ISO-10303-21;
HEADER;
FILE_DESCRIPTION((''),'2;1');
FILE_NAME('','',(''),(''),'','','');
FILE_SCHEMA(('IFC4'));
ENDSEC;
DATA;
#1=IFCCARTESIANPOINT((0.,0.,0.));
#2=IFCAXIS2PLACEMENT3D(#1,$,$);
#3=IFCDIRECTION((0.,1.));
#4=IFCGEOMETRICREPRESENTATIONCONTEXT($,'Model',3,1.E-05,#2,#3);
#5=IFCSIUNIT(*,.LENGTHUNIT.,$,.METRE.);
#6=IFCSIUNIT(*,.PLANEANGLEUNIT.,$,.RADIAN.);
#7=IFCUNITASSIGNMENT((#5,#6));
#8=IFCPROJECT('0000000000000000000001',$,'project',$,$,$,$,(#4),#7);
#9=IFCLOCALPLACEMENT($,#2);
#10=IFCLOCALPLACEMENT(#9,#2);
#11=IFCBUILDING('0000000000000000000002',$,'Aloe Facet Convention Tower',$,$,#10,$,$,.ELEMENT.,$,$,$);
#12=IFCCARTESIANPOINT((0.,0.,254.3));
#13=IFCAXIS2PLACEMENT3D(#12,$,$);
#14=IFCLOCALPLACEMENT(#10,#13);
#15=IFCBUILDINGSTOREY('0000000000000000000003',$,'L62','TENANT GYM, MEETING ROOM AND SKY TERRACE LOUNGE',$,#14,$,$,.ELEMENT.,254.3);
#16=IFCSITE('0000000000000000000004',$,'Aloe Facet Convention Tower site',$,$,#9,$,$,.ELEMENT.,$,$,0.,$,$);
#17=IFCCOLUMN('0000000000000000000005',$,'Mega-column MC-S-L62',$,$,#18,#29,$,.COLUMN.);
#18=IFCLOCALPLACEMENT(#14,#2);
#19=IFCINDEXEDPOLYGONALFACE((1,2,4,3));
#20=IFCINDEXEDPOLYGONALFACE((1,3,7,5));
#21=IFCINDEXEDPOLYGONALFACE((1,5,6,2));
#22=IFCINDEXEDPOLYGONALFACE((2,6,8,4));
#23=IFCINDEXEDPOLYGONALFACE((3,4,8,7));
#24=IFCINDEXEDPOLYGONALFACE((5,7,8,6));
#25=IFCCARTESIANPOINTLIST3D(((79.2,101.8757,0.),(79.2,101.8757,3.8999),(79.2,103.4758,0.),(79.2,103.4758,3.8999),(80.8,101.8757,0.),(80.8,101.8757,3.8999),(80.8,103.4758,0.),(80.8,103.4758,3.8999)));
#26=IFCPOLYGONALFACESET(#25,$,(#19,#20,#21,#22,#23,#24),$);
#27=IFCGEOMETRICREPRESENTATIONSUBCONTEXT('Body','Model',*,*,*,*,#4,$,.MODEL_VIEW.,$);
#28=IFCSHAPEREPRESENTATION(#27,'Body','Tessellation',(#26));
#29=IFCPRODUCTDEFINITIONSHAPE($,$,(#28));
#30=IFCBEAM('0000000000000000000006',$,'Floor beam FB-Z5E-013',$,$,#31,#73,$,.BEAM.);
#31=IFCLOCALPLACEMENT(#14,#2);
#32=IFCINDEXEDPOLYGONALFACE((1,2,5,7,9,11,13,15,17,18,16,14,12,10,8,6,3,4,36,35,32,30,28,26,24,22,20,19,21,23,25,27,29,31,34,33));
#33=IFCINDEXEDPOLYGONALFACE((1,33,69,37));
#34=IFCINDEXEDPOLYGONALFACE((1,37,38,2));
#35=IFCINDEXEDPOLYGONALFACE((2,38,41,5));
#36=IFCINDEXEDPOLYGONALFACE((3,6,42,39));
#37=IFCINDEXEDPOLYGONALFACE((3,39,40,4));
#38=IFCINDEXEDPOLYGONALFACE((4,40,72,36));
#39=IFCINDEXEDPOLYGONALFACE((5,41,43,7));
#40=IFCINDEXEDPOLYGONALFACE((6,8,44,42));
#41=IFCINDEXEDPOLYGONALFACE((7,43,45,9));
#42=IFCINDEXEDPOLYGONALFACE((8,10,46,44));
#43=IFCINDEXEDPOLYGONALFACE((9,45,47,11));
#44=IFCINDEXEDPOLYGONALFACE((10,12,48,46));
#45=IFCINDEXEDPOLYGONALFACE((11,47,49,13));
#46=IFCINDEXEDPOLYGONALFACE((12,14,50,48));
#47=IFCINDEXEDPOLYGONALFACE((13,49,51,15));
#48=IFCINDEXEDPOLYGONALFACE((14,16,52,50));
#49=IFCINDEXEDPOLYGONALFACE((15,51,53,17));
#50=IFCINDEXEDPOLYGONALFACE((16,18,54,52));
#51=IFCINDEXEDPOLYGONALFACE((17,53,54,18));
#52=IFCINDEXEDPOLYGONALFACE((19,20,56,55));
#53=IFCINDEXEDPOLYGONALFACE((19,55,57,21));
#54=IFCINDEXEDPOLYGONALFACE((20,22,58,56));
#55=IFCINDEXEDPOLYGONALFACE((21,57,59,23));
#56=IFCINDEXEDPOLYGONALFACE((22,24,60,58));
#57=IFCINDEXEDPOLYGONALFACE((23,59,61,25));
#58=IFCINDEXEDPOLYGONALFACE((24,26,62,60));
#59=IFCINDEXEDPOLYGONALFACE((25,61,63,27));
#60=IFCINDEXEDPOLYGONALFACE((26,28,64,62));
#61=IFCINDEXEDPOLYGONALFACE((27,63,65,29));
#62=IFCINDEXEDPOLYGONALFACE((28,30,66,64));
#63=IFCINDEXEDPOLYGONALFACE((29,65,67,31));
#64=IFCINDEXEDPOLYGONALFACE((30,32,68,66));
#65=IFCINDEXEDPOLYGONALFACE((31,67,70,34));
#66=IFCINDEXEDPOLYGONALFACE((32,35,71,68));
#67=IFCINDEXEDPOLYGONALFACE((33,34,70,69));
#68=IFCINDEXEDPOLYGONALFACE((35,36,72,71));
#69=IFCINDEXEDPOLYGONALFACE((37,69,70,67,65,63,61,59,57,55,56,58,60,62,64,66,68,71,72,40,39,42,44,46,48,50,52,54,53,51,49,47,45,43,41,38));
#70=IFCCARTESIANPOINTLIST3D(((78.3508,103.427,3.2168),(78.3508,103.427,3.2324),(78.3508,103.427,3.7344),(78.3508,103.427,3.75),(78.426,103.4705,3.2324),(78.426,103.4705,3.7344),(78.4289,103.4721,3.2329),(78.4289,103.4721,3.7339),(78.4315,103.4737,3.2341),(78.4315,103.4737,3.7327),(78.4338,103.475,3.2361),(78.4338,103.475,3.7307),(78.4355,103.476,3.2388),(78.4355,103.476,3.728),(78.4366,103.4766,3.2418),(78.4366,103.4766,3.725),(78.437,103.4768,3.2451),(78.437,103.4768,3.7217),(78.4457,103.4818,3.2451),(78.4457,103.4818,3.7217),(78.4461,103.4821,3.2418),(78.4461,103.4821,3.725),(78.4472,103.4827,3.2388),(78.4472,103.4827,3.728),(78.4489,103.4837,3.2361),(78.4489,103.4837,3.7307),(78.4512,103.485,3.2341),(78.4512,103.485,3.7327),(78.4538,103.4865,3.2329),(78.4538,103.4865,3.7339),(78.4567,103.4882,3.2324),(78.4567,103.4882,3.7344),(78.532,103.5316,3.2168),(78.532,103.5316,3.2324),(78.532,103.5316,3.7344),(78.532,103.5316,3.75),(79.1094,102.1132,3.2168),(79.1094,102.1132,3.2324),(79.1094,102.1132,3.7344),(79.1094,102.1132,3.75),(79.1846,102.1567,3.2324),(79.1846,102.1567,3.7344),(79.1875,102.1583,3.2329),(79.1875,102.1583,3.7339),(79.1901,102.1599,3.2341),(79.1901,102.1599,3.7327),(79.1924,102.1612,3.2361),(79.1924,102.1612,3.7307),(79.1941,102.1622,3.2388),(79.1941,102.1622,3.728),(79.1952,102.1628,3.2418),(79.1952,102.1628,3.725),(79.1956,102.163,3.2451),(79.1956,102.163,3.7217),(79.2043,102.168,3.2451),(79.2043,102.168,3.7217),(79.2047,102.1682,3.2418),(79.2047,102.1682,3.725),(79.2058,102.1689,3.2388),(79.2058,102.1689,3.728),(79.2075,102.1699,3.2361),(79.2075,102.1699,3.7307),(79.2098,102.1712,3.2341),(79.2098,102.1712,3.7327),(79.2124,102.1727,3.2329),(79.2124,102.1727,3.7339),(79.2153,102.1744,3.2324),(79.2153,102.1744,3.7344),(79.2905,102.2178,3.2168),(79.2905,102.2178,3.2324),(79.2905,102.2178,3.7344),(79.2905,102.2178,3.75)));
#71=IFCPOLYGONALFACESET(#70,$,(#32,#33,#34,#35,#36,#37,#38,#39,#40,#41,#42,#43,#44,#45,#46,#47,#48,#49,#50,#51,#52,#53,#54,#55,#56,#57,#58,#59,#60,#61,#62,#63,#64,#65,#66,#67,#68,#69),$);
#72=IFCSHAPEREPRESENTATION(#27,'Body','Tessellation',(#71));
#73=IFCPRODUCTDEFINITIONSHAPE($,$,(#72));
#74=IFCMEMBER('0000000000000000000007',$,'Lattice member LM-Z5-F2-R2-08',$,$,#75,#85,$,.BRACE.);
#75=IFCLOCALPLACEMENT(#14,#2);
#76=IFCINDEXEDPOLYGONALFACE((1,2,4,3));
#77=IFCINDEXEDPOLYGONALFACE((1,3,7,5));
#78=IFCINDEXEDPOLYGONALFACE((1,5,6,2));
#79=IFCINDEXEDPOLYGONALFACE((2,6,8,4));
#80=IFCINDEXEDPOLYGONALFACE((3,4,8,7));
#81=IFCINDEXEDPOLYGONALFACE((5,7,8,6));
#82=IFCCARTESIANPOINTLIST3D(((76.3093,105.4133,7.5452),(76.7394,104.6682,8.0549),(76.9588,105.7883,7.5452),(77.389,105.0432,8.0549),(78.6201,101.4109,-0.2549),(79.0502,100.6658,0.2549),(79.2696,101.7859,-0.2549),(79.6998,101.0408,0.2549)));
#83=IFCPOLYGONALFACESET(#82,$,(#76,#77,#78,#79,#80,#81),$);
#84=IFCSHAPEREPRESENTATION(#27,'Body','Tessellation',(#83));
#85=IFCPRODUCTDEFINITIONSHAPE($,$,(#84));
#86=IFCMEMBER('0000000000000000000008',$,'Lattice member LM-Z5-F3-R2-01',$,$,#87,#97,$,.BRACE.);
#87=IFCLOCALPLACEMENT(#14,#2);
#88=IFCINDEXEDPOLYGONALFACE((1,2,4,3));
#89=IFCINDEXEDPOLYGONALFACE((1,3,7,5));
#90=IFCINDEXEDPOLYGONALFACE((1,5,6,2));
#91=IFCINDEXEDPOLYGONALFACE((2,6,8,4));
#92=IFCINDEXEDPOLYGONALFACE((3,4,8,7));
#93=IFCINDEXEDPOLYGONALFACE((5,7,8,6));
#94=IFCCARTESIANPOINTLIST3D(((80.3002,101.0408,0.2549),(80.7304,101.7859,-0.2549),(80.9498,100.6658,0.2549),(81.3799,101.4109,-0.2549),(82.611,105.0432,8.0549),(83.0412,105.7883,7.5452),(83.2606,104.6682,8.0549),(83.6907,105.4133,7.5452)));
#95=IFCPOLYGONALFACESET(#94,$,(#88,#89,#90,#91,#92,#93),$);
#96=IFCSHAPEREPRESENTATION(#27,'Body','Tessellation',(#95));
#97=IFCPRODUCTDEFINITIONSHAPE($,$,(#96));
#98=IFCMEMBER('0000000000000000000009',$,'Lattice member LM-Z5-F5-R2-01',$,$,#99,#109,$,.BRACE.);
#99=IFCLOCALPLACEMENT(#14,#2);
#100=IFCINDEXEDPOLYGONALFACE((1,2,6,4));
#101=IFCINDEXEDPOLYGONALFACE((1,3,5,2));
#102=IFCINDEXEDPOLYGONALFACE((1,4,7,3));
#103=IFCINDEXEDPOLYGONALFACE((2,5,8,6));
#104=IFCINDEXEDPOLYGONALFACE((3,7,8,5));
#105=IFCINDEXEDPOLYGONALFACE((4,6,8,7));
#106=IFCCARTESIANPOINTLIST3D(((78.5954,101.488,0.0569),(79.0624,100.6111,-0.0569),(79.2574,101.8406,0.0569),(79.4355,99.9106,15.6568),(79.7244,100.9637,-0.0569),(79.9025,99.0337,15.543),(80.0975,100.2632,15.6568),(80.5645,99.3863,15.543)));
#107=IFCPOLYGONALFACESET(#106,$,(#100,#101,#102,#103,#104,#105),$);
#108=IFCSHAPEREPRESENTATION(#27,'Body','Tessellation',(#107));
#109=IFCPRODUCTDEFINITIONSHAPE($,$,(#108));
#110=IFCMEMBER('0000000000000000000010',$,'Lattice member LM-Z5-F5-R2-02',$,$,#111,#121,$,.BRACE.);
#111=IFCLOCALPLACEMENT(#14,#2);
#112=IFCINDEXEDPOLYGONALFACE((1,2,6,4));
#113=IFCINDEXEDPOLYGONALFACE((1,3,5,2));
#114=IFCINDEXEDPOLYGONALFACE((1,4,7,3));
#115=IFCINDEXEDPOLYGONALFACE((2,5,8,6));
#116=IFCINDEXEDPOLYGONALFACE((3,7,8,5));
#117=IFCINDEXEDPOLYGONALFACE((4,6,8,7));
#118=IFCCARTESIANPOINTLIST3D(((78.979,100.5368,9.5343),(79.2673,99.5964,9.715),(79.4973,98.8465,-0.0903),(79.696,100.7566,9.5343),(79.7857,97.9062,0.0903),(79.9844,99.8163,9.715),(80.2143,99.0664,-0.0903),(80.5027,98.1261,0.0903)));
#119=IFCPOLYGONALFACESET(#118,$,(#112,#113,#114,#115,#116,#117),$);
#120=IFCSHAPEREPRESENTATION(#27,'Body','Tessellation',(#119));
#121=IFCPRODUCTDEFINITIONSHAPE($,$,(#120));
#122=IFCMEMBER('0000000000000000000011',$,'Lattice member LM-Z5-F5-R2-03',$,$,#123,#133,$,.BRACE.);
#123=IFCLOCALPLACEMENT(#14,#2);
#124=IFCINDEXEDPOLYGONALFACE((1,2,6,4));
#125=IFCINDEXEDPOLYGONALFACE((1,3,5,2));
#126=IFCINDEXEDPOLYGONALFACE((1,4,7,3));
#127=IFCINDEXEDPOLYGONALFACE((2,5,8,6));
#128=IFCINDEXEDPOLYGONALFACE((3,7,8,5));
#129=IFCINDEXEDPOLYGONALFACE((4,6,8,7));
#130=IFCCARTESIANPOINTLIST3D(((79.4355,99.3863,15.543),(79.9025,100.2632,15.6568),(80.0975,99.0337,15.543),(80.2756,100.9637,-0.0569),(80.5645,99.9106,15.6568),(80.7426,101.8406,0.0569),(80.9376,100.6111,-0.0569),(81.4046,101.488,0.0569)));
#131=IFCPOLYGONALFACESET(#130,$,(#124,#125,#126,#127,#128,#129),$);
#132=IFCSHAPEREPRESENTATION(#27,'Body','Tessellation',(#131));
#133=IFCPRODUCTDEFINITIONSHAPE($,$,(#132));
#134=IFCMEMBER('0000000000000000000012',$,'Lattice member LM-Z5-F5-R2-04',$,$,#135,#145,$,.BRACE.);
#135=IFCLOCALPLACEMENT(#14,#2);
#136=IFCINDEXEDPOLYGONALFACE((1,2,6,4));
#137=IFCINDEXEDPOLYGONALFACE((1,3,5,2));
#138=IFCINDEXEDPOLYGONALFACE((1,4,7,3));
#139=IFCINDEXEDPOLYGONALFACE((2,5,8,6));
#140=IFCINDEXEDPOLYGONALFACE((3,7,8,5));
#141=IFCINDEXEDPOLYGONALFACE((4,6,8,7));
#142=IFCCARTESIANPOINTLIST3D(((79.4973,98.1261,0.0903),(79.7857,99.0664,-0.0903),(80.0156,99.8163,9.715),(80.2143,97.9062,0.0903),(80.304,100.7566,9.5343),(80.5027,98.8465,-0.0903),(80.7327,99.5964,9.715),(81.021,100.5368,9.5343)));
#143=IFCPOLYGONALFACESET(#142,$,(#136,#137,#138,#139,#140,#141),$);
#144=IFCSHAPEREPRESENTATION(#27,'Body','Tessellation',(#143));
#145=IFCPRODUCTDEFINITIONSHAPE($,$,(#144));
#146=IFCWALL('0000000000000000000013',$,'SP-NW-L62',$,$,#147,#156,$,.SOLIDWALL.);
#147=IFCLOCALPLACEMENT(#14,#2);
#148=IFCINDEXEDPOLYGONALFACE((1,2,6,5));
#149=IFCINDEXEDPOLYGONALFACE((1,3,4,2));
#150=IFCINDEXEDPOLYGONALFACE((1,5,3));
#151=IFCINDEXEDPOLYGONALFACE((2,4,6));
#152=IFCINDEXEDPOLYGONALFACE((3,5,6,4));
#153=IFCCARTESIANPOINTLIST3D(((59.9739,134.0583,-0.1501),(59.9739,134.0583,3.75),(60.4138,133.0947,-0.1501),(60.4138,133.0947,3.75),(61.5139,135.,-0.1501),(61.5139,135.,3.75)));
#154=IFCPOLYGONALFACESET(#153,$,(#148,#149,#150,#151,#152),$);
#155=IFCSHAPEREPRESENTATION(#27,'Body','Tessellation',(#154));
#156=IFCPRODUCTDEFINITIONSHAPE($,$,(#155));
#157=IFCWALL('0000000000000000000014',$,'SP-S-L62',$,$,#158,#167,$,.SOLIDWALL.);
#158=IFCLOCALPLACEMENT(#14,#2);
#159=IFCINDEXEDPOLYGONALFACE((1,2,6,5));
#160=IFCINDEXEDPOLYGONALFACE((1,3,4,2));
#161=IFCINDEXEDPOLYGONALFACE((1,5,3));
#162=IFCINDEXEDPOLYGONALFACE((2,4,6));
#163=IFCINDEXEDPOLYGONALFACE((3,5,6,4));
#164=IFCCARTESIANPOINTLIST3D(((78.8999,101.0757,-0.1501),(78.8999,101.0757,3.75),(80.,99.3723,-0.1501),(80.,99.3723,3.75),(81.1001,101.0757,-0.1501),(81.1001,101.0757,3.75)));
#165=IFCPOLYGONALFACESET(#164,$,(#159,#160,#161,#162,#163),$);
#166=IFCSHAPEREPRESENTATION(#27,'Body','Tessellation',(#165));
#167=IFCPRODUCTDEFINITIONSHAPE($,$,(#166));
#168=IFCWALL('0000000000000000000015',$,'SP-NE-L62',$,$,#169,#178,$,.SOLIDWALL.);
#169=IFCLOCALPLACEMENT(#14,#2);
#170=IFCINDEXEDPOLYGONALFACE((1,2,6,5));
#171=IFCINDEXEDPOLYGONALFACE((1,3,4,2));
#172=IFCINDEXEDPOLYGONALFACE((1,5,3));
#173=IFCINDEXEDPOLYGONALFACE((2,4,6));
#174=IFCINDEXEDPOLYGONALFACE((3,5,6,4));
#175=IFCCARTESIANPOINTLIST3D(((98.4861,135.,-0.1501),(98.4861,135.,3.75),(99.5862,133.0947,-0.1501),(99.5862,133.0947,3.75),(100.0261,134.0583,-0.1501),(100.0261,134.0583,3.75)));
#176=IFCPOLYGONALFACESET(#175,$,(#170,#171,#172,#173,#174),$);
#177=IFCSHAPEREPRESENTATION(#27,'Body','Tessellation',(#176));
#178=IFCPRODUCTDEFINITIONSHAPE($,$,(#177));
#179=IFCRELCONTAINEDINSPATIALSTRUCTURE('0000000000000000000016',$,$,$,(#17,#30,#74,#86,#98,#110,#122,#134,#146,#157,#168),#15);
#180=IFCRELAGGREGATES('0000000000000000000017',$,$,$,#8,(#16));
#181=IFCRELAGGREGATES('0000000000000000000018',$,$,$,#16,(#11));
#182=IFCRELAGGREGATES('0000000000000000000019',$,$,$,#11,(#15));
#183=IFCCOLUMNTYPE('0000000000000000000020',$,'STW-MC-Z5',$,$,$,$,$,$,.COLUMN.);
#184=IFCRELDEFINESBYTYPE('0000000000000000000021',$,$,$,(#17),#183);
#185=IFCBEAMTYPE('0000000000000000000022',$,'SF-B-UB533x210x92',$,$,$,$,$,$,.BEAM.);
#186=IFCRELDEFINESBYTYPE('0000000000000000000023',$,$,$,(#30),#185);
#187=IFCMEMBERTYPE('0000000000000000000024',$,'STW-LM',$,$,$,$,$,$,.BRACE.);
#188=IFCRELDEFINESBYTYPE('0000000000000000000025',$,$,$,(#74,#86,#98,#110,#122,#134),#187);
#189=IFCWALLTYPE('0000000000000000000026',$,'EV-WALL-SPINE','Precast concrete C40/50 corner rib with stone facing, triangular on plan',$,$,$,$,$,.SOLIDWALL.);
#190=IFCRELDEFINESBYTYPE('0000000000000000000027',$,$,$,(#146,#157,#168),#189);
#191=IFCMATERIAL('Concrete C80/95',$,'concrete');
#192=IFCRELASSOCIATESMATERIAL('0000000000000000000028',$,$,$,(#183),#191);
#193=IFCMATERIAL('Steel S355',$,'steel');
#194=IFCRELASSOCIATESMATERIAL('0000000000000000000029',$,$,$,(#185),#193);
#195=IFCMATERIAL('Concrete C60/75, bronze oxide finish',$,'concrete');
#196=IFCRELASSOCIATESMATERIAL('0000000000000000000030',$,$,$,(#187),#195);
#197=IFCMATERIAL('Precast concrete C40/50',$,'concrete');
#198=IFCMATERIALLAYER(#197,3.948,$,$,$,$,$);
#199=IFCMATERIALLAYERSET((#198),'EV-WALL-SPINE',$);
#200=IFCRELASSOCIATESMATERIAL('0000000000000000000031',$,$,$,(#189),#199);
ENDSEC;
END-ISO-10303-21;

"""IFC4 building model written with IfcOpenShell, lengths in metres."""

from ifc_helpers import new_model, si_unit, direction, frame, origin, origin_2d, place, context, subcontext, project, spatial, polyline, rectangle, i_section, outline, extrude, material, layer, layer_set, material_profile, profile_set, type_object, element, save


model = new_model("IFC4")

# Units and contexts
model_context = context("Model", 3, precision=1e-05, world=origin(), true_north=direction((0.0, 1.0)))
body_context = subcontext(model_context, "Body", "Model", "MODEL_VIEW")
ifc_project = project(units=[si_unit("LENGTHUNIT", "METRE"), si_unit("PLANEANGLEUNIT", "RADIAN")], contexts=[model_context])

# Site, building, storey
site_placement = place(None, origin())
site = spatial("IfcSite", under=ifc_project, at=site_placement, Name="Aloe Facet Convention Tower site", CompositionType="ELEMENT", RefElevation=0.0)
building_placement = place(site_placement, origin())
building = spatial("IfcBuilding", under=site, at=building_placement, Name="Aloe Facet Convention Tower", CompositionType="ELEMENT")
storey_placement = place(building_placement, frame((0.0, 0.0, 254.3)))
storey = spatial("IfcBuildingStorey", under=building, at=storey_placement, Name="L62", Description="TENANT GYM, MEETING ROOM AND SKY TERRACE LOUNGE", CompositionType="ELEMENT", Elevation=254.3)

# Column
ifc_material_1 = material(Name="Concrete C80/95", Category="concrete")
ifc_material_profile_1 = material_profile(ifc_material_1, rectangle(XDim=1.6001, YDim=1.6001, at=origin_2d()), Name="STW-MC-Z5")
ifc_profile_set_1 = profile_set([ifc_material_profile_1], Name="Concrete C80/95")
column_type = type_object("IfcColumnType", Name="STW-MC-Z5", PredefinedType="COLUMN", material=ifc_profile_set_1)
column_placement = place(storey_placement, frame((80.0, 102.6758, 0.0), z_axis=(0.0, 0.0, 1.0), x_axis=(1.0, 0.0, 0.0)))
element("IfcColumn", 1, at=column_placement, inside=storey, type_object=column_type, Name="Mega-column MC-S-L62", PredefinedType="COLUMN", context=body_context, shape_type="SweptSolid", body=[
    extrude(rectangle(XDim=1.6001, YDim=1.6001, at=origin_2d()), origin(), (0.0, 0.0, 1.0), 3.8999),
])

# Beam
ifc_material_2 = material(Name="Steel S355", Category="steel")
ifc_material_profile_2 = material_profile(ifc_material_2, i_section(OverallWidth=0.2092, OverallDepth=0.5332, WebThickness=0.01, FlangeThickness=0.0156, FilletRadius=0.0127, at=origin_2d()), Name="UB 533x210x92")
ifc_profile_set_2 = profile_set([ifc_material_profile_2], Name="Steel S355")
beam_type = type_object("IfcBeamType", Name="SF-B-UB533x210x92", PredefinedType="BEAM", material=ifc_profile_set_2)
beam_placement = place(storey_placement, frame((79.2, 102.1655, 3.4834), z_axis=(-0.500034, 0.866006, 0.0), x_axis=(-0.866006, -0.500034, 0.0)))
element("IfcBeam", 2, at=beam_placement, inside=storey, type_object=beam_type, Name="Floor beam FB-Z5E-013", PredefinedType="BEAM", context=body_context, shape_type="SweptSolid", body=[
    extrude(i_section(OverallWidth=0.2092, OverallDepth=0.5332, WebThickness=0.01, FlangeThickness=0.0156, FilletRadius=0.0127, at=origin_2d()), origin(), (0.0, 0.0, 1.0), 1.5171),
])

# Members
ifc_material_3 = material(Name="Concrete C60/75, bronze oxide finish", Category="concrete")
ifc_material_profile_3 = material_profile(ifc_material_3, rectangle(XDim=0.75, YDim=1.0, at=origin_2d()), Name="STW-LM")
ifc_profile_set_3 = profile_set([ifc_material_profile_3], Name="Concrete C60/75, bronze oxide finish")
member_type = type_object("IfcMemberType", Name="STW-LM", PredefinedType="BRACE", material=ifc_profile_set_3)
for number, where, z_axis, x_axis, name in (
    (3, (79.1599, 101.2258, 0.0), (-0.254873, 0.441458, 0.860322), (-0.866027, -0.499997, 0.0), "Lattice member LM-Z5-F2-R2-08"),
    (4, (80.8401, 101.2258, 0.0), (0.254873, 0.441458, 0.860322), (-0.866027, 0.499997, 0.0), "Lattice member LM-Z5-F3-R2-01"),
):
    element("IfcMember", number, at=place(storey_placement, frame(where, z_axis=z_axis, x_axis=x_axis)), inside=storey, type_object=member_type, Name=name, PredefinedType="BRACE", context=body_context, shape_type="SweptSolid", body=[
        extrude(rectangle(XDim=0.75, YDim=1.0, at=origin_2d()), origin(), (0.0, 0.0, 1.0), 9.0664),
    ])
member_1_placement = place(storey_placement, frame((79.1599, 101.2258, 0.0), z_axis=(0.053502, -0.100459, 0.993502), x_axis=(0.882629, 0.470071, 0.0)))
element("IfcMember", 5, at=member_1_placement, inside=storey, type_object=member_type, Name="Lattice member LM-Z5-F5-R2-01", PredefinedType="BRACE", context=body_context, shape_type="SweptSolid", body=[
    extrude(rectangle(XDim=0.75, YDim=1.0, at=origin_2d()), origin(), (0.0, 0.0, 1.0), 15.7019),
])
member_2_placement = place(storey_placement, frame((80.0, 98.4863, 0.0), z_axis=(-0.052967, 0.172723, 0.983545), x_axis=(-0.956056, -0.293183, 0.0)))
element("IfcMember", 6, at=member_2_placement, inside=storey, type_object=member_type, Name="Lattice member LM-Z5-F5-R2-02", PredefinedType="BRACE", context=body_context, shape_type="SweptSolid", body=[
    extrude(rectangle(XDim=0.75, YDim=1.0, at=origin_2d()), origin(), (0.0, 0.0, 1.0), 9.7856),
])
member_3_placement = place(storey_placement, frame((80.8401, 101.2258, 0.0), z_axis=(-0.053502, -0.100459, 0.993502), x_axis=(0.882629, -0.470071, 0.0)))
element("IfcMember", 7, at=member_3_placement, inside=storey, type_object=member_type, Name="Lattice member LM-Z5-F5-R2-03", PredefinedType="BRACE", context=body_context, shape_type="SweptSolid", body=[
    extrude(rectangle(XDim=0.75, YDim=1.0, at=origin_2d()), origin(), (0.0, 0.0, 1.0), 15.7019),
])
member_4_placement = place(storey_placement, frame((80.0, 98.4863, 0.0), z_axis=(0.052967, 0.172723, 0.983545), x_axis=(-0.956056, 0.293183, 0.0)))
element("IfcMember", 8, at=member_4_placement, inside=storey, type_object=member_type, Name="Lattice member LM-Z5-F5-R2-04", PredefinedType="BRACE", context=body_context, shape_type="SweptSolid", body=[
    extrude(rectangle(XDim=0.75, YDim=1.0, at=origin_2d()), origin(), (0.0, 0.0, 1.0), 9.7856),
])

# Walls
ifc_material_4 = material(Name="Precast concrete C40/50", Category="concrete")
ifc_layer_1 = layer(ifc_material_4, 3.948)
ifc_layer_set_1 = layer_set([ifc_layer_1], Name="EV-WALL-SPINE")
wall_type_1 = type_object("IfcWallType", Name="EV-WALL-SPINE", Description="Precast concrete C40/50 corner rib with stone facing, triangular on plan", PredefinedType="SOLIDWALL", material=ifc_layer_set_1)
wall_1_placement = place(storey_placement, frame((0.0, 0.0, -0.1501)))
element("IfcWall", 9, at=wall_1_placement, inside=storey, type_object=wall_type_1, Name="SP-NW-L62", PredefinedType="SOLIDWALL", context=body_context, shape_type="SweptSolid", body=[
    extrude(outline(polyline([(61.5139, 135.0), (59.9739, 134.0583), (60.4138, 133.0947), (61.5139, 135.0)])), origin(), (0.0, 0.0, 1.0), 3.9001),
])
wall_2_placement = place(storey_placement, frame((0.0, 0.0, -0.1501)))
element("IfcWall", 10, at=wall_2_placement, inside=storey, type_object=wall_type_1, Name="SP-S-L62", PredefinedType="SOLIDWALL", context=body_context, shape_type="SweptSolid", body=[
    extrude(outline(polyline([(78.8999, 101.0757), (80.0, 99.3723), (81.1001, 101.0757), (78.8999, 101.0757)])), origin(), (0.0, 0.0, 1.0), 3.9001),
])
wall_3_placement = place(storey_placement, frame((0.0, 0.0, -0.1501)))
element("IfcWall", 11, at=wall_3_placement, inside=storey, type_object=wall_type_1, Name="SP-NE-L62", PredefinedType="SOLIDWALL", context=body_context, shape_type="SweptSolid", body=[
    extrude(outline(polyline([(99.5862, 133.0947), (100.0261, 134.0583), (98.4861, 135.0), (99.5862, 133.0947)])), origin(), (0.0, 0.0, 1.0), 3.9001),
])

save(model, "model.ifc")
